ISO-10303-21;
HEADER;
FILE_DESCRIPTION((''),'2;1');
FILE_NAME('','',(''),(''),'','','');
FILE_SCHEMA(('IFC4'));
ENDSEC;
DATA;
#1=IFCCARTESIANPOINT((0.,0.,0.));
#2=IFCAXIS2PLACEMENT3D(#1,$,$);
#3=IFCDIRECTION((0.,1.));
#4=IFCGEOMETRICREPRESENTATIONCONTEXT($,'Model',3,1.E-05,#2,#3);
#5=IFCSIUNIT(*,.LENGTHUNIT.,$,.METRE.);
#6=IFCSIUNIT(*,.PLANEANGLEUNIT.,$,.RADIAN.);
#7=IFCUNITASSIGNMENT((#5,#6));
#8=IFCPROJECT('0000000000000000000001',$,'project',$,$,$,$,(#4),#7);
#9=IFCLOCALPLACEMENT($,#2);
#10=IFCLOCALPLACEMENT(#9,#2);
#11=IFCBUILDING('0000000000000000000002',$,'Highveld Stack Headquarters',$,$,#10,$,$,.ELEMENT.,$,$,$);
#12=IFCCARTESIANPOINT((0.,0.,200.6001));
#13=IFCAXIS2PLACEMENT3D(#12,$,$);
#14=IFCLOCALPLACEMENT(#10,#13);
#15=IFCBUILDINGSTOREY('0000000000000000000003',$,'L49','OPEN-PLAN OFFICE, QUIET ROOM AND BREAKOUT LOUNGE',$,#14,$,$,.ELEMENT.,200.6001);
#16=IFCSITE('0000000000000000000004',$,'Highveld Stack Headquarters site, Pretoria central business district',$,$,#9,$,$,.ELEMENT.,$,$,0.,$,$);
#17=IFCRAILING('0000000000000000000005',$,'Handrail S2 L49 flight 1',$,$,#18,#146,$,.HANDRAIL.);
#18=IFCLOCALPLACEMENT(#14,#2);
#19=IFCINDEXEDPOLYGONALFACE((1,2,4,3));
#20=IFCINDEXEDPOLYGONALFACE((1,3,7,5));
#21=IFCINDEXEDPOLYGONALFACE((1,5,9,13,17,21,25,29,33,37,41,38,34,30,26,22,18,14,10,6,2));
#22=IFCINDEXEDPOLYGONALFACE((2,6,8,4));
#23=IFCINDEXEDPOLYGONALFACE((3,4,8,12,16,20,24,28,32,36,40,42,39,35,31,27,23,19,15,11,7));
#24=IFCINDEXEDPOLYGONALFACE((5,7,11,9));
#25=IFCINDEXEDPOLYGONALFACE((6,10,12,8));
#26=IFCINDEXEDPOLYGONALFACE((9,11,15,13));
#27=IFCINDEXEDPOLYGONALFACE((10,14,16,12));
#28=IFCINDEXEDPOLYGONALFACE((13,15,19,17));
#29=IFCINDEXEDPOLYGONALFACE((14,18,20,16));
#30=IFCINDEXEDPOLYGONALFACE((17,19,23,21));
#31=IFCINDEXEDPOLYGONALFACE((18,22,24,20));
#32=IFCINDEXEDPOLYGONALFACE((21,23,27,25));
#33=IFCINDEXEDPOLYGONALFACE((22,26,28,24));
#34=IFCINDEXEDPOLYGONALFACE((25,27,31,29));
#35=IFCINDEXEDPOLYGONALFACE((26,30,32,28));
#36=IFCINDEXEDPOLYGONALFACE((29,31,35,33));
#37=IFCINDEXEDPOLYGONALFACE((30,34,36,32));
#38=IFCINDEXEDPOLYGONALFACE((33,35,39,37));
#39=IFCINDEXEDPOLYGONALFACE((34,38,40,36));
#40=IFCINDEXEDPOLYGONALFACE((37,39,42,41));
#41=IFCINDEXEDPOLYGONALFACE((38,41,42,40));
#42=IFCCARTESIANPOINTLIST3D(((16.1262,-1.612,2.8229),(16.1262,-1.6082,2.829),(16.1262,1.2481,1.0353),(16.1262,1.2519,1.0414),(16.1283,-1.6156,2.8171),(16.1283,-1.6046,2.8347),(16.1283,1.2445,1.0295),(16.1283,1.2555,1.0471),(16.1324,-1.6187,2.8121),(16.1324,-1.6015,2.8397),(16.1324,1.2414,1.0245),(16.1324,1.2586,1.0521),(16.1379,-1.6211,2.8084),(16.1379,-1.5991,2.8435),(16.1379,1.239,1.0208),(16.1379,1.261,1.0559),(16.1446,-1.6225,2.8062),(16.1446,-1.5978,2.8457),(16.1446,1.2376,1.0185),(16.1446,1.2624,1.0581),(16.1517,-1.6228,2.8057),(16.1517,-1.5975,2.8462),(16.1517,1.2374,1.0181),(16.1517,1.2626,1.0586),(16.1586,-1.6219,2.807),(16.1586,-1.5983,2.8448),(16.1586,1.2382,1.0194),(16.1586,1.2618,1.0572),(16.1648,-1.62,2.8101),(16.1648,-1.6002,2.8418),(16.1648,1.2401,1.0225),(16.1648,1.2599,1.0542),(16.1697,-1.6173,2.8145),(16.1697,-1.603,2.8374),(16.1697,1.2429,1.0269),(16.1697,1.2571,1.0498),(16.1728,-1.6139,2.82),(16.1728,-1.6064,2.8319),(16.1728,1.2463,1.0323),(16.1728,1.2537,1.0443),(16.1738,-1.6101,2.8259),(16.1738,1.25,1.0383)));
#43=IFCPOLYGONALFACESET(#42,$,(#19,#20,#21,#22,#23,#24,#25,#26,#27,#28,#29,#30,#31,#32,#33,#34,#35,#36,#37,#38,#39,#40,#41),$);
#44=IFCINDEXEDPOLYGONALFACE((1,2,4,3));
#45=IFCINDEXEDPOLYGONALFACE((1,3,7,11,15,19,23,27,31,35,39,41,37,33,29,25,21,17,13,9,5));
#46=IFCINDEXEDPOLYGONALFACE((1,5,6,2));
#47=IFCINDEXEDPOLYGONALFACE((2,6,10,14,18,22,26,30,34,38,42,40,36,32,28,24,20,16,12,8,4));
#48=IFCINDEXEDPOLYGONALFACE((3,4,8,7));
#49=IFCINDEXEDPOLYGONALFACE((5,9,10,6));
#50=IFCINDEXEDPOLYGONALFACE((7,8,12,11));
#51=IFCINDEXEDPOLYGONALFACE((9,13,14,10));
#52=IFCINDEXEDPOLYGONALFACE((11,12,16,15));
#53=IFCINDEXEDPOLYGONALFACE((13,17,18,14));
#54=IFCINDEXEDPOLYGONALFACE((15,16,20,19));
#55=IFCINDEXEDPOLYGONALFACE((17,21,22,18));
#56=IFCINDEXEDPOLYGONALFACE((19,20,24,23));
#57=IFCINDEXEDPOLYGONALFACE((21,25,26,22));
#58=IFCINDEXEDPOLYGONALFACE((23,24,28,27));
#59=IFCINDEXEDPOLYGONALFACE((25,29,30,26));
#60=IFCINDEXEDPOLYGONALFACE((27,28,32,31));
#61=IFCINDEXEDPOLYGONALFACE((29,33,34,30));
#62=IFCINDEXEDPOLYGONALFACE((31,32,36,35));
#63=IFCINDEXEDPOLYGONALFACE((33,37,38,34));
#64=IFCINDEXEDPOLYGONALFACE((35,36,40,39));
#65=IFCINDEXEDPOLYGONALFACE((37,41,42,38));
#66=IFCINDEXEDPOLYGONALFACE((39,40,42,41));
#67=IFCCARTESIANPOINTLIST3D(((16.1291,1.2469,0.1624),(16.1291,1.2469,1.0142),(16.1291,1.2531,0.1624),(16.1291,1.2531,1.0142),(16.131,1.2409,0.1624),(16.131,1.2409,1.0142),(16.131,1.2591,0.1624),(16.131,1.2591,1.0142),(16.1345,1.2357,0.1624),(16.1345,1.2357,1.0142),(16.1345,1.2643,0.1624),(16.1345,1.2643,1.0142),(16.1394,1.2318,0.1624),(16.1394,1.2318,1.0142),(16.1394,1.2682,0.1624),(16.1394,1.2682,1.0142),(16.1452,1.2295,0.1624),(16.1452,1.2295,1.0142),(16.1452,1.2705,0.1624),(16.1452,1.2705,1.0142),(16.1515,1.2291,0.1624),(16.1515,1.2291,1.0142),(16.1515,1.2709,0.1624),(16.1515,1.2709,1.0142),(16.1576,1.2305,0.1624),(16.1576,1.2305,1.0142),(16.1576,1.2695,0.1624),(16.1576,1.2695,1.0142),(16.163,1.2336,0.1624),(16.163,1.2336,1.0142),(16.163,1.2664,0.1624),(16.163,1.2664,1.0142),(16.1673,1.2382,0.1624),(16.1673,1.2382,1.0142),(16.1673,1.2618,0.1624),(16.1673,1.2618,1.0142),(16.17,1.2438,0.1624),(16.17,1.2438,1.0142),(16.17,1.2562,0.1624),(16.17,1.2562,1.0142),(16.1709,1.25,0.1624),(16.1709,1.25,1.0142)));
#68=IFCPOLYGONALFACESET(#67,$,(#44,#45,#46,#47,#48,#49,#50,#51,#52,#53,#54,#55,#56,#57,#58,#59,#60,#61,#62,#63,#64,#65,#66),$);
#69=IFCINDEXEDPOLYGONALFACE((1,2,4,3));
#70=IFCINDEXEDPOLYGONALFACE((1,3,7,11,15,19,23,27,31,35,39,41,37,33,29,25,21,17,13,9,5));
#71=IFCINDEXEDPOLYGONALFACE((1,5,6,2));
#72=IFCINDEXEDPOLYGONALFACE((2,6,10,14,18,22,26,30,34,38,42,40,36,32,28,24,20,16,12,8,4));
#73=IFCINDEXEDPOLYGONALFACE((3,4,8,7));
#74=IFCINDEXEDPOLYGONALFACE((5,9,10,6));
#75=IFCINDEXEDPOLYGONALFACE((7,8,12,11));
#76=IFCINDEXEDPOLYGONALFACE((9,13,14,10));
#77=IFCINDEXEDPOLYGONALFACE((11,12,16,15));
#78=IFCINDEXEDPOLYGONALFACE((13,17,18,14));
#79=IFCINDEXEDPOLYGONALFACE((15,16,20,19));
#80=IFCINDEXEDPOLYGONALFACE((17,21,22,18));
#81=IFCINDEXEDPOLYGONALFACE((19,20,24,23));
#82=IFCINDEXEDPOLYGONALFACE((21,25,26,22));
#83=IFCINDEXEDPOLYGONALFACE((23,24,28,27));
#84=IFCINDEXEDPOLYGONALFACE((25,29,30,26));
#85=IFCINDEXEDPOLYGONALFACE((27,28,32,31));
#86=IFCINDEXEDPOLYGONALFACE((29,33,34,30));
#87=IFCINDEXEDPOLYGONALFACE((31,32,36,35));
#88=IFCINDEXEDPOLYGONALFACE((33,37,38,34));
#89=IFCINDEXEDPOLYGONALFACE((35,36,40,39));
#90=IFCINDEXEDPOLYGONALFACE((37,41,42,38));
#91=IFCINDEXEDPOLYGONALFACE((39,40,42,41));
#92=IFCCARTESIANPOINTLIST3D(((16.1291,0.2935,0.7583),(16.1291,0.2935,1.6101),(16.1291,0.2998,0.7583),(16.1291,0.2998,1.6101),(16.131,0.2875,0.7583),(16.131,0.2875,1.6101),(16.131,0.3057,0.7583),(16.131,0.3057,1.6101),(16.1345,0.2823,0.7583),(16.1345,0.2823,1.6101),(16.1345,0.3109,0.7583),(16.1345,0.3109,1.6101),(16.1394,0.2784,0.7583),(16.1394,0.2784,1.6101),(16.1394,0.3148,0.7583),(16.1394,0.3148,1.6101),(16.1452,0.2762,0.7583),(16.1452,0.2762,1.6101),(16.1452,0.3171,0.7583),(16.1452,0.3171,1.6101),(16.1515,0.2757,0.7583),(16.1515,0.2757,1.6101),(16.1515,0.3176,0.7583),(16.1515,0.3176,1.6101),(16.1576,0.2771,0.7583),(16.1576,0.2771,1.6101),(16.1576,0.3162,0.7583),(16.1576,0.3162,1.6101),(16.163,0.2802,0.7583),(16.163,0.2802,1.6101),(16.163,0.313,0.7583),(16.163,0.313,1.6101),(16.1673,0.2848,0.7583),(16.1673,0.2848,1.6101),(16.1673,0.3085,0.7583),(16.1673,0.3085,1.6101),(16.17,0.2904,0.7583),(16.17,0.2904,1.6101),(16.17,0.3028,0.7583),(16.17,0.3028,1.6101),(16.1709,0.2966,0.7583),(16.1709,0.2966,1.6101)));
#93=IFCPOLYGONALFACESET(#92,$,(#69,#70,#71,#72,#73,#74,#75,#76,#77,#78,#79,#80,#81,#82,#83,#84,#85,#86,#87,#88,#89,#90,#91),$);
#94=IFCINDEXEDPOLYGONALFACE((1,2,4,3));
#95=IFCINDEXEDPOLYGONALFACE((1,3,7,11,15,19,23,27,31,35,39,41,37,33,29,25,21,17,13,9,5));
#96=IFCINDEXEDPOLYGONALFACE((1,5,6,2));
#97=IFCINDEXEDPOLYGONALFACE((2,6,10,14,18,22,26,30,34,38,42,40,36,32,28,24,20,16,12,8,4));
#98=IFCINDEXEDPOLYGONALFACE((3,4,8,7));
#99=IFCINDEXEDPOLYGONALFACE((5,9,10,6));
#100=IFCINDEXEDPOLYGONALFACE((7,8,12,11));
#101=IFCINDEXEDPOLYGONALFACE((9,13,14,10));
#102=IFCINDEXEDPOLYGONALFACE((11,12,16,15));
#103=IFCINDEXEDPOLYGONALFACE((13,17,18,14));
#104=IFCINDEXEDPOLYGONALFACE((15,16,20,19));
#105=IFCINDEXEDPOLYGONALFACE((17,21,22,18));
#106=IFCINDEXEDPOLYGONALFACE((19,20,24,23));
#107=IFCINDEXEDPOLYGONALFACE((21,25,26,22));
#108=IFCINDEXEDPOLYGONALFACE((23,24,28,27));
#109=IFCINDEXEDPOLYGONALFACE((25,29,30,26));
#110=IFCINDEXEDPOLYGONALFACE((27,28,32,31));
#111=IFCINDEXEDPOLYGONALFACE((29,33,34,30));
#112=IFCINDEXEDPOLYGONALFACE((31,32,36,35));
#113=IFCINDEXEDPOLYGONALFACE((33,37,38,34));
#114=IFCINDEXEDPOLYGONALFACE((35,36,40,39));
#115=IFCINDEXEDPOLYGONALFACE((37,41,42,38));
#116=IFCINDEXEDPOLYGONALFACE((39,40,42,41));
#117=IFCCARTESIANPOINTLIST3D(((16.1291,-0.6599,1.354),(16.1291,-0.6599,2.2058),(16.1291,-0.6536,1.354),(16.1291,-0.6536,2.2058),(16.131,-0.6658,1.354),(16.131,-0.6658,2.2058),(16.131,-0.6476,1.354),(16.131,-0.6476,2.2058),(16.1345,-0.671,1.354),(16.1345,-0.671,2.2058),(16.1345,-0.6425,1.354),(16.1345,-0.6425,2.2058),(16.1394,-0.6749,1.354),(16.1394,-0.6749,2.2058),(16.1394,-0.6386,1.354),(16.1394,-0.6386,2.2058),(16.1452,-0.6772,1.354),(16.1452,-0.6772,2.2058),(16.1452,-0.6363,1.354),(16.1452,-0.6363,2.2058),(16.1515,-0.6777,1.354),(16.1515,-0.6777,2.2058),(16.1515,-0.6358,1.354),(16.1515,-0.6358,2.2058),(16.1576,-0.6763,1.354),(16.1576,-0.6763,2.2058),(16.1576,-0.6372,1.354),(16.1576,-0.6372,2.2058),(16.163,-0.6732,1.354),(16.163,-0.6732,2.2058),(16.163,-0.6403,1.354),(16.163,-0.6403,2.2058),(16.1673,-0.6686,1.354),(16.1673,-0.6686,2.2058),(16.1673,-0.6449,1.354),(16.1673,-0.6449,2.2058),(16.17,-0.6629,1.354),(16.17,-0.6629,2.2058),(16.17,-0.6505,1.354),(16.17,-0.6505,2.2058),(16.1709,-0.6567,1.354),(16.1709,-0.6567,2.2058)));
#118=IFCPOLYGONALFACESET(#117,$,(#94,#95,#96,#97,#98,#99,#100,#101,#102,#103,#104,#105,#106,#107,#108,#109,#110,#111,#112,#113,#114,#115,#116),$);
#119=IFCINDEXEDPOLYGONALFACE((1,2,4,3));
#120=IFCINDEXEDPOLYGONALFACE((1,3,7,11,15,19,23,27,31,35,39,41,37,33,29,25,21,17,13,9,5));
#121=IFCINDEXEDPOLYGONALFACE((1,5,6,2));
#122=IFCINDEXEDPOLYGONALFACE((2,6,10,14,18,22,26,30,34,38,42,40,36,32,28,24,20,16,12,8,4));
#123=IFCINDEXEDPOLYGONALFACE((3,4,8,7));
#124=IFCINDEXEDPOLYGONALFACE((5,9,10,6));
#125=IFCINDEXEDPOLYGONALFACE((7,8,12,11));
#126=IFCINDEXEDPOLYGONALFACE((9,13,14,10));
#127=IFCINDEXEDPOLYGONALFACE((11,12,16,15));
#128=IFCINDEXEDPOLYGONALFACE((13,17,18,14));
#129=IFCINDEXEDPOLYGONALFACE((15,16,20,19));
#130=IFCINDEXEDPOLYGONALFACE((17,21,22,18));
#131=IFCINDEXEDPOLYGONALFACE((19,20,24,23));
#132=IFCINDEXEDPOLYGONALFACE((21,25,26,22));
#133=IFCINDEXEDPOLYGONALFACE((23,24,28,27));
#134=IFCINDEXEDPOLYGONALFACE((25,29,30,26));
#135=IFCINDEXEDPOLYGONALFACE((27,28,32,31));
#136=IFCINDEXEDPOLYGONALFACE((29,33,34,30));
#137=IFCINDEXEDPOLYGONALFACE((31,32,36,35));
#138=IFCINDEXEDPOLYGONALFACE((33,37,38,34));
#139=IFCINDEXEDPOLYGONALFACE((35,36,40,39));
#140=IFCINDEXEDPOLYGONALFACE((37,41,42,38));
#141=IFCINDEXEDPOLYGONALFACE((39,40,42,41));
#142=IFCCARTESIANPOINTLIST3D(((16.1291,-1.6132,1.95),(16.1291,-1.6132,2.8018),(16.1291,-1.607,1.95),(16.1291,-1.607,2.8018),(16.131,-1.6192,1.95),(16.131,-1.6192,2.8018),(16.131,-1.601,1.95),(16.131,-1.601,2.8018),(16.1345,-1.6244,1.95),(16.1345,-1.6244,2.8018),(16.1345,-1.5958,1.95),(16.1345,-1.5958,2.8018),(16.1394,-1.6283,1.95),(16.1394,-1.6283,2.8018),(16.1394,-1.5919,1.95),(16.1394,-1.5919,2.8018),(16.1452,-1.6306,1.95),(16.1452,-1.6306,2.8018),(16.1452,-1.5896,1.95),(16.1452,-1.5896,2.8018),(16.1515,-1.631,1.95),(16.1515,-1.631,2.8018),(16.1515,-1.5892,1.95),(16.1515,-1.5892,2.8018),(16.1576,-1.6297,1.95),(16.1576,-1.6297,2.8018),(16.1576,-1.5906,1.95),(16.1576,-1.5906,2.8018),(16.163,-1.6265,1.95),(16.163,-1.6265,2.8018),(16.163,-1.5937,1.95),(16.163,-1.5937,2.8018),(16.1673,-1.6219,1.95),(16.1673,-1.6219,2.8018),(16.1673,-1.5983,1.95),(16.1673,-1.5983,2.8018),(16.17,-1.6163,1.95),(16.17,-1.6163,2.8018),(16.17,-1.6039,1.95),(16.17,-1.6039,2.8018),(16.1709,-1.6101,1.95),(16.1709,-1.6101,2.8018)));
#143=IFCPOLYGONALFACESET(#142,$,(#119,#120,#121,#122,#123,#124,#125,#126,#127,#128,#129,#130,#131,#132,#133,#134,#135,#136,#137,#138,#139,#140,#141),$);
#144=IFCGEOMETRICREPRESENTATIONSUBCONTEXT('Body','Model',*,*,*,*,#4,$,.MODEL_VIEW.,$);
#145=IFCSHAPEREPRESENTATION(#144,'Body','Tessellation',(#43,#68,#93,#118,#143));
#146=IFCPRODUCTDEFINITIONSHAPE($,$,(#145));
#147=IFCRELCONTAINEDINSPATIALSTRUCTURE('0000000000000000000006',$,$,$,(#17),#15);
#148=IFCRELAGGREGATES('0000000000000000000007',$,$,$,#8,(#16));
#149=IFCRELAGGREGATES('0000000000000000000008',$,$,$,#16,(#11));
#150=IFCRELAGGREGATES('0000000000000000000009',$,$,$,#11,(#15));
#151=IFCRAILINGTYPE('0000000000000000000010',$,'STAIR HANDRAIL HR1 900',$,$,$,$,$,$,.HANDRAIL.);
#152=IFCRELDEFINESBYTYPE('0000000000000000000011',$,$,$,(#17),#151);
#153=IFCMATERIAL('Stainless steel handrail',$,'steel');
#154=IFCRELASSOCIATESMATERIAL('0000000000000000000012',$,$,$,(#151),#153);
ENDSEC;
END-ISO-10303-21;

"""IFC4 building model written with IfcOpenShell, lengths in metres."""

from ifc_helpers import new_model, si_unit, direction, frame, origin, origin_2d, place, context, subcontext, project, spatial, circle, extrude, material, type_object, element, save


model = new_model("IFC4")

# Units and contexts
model_context = context("Model", 3, precision=1e-05, world=origin(), true_north=direction((0.0, 1.0)))
body_context = subcontext(model_context, "Body", "Model", "MODEL_VIEW")
ifc_project = project(units=[si_unit("LENGTHUNIT", "METRE"), si_unit("PLANEANGLEUNIT", "RADIAN")], contexts=[model_context])

# Site, building, storey
site_placement = place(None, origin())
site = spatial("IfcSite", under=ifc_project, at=site_placement, Name="Highveld Stack Headquarters site, Pretoria central business district", CompositionType="ELEMENT", RefElevation=0.0)
building_placement = place(site_placement, origin())
building = spatial("IfcBuilding", under=site, at=building_placement, Name="Highveld Stack Headquarters", CompositionType="ELEMENT")
storey_placement = place(building_placement, frame((0.0, 0.0, 200.6001)))
storey = spatial("IfcBuildingStorey", under=building, at=storey_placement, Name="L49", Description="OPEN-PLAN OFFICE, QUIET ROOM AND BREAKOUT LOUNGE", CompositionType="ELEMENT", Elevation=200.6001)

# Railing
ifc_material_1 = material(Name="Stainless steel handrail", Category="steel")
railing_type = type_object("IfcRailingType", Name="STAIR HANDRAIL HR1 900", PredefinedType="HANDRAIL", material=ifc_material_1)
for number, where, name in (
    (1, (16.1499, 1.25, 0.1624), "Handrail S2 L49 flight 1"),
):
    element("IfcRailing", number, at=place(storey_placement, frame(where)), inside=storey, type_object=railing_type, Name=name, PredefinedType="HANDRAIL", context=body_context, shape_type="SweptSolid", body=[
        extrude(circle(Radius=0.0239, at=origin_2d()), frame((0.0, 0.0, 0.876), z_axis=(0.0, -0.847994, 0.530005), x_axis=(1.0, 0.0, 0.0)), (0.0, 0.0, 1.0), 3.3728),
        extrude(circle(Radius=0.021, at=origin_2d()), origin(), (0.0, 0.0, 1.0), 0.8518),
        extrude(circle(Radius=0.021, at=origin_2d()), frame((0.0, -0.9534, 0.5959)), (0.0, 0.0, 1.0), 0.8518),
        extrude(circle(Radius=0.021, at=origin_2d()), frame((0.0, -1.9067, 1.1917)), (0.0, 0.0, 1.0), 0.8518),
        extrude(circle(Radius=0.021, at=origin_2d()), frame((0.0, -2.8601, 1.7876)), (0.0, 0.0, 1.0), 0.8518),
    ])

save(model, "model.ifc")
